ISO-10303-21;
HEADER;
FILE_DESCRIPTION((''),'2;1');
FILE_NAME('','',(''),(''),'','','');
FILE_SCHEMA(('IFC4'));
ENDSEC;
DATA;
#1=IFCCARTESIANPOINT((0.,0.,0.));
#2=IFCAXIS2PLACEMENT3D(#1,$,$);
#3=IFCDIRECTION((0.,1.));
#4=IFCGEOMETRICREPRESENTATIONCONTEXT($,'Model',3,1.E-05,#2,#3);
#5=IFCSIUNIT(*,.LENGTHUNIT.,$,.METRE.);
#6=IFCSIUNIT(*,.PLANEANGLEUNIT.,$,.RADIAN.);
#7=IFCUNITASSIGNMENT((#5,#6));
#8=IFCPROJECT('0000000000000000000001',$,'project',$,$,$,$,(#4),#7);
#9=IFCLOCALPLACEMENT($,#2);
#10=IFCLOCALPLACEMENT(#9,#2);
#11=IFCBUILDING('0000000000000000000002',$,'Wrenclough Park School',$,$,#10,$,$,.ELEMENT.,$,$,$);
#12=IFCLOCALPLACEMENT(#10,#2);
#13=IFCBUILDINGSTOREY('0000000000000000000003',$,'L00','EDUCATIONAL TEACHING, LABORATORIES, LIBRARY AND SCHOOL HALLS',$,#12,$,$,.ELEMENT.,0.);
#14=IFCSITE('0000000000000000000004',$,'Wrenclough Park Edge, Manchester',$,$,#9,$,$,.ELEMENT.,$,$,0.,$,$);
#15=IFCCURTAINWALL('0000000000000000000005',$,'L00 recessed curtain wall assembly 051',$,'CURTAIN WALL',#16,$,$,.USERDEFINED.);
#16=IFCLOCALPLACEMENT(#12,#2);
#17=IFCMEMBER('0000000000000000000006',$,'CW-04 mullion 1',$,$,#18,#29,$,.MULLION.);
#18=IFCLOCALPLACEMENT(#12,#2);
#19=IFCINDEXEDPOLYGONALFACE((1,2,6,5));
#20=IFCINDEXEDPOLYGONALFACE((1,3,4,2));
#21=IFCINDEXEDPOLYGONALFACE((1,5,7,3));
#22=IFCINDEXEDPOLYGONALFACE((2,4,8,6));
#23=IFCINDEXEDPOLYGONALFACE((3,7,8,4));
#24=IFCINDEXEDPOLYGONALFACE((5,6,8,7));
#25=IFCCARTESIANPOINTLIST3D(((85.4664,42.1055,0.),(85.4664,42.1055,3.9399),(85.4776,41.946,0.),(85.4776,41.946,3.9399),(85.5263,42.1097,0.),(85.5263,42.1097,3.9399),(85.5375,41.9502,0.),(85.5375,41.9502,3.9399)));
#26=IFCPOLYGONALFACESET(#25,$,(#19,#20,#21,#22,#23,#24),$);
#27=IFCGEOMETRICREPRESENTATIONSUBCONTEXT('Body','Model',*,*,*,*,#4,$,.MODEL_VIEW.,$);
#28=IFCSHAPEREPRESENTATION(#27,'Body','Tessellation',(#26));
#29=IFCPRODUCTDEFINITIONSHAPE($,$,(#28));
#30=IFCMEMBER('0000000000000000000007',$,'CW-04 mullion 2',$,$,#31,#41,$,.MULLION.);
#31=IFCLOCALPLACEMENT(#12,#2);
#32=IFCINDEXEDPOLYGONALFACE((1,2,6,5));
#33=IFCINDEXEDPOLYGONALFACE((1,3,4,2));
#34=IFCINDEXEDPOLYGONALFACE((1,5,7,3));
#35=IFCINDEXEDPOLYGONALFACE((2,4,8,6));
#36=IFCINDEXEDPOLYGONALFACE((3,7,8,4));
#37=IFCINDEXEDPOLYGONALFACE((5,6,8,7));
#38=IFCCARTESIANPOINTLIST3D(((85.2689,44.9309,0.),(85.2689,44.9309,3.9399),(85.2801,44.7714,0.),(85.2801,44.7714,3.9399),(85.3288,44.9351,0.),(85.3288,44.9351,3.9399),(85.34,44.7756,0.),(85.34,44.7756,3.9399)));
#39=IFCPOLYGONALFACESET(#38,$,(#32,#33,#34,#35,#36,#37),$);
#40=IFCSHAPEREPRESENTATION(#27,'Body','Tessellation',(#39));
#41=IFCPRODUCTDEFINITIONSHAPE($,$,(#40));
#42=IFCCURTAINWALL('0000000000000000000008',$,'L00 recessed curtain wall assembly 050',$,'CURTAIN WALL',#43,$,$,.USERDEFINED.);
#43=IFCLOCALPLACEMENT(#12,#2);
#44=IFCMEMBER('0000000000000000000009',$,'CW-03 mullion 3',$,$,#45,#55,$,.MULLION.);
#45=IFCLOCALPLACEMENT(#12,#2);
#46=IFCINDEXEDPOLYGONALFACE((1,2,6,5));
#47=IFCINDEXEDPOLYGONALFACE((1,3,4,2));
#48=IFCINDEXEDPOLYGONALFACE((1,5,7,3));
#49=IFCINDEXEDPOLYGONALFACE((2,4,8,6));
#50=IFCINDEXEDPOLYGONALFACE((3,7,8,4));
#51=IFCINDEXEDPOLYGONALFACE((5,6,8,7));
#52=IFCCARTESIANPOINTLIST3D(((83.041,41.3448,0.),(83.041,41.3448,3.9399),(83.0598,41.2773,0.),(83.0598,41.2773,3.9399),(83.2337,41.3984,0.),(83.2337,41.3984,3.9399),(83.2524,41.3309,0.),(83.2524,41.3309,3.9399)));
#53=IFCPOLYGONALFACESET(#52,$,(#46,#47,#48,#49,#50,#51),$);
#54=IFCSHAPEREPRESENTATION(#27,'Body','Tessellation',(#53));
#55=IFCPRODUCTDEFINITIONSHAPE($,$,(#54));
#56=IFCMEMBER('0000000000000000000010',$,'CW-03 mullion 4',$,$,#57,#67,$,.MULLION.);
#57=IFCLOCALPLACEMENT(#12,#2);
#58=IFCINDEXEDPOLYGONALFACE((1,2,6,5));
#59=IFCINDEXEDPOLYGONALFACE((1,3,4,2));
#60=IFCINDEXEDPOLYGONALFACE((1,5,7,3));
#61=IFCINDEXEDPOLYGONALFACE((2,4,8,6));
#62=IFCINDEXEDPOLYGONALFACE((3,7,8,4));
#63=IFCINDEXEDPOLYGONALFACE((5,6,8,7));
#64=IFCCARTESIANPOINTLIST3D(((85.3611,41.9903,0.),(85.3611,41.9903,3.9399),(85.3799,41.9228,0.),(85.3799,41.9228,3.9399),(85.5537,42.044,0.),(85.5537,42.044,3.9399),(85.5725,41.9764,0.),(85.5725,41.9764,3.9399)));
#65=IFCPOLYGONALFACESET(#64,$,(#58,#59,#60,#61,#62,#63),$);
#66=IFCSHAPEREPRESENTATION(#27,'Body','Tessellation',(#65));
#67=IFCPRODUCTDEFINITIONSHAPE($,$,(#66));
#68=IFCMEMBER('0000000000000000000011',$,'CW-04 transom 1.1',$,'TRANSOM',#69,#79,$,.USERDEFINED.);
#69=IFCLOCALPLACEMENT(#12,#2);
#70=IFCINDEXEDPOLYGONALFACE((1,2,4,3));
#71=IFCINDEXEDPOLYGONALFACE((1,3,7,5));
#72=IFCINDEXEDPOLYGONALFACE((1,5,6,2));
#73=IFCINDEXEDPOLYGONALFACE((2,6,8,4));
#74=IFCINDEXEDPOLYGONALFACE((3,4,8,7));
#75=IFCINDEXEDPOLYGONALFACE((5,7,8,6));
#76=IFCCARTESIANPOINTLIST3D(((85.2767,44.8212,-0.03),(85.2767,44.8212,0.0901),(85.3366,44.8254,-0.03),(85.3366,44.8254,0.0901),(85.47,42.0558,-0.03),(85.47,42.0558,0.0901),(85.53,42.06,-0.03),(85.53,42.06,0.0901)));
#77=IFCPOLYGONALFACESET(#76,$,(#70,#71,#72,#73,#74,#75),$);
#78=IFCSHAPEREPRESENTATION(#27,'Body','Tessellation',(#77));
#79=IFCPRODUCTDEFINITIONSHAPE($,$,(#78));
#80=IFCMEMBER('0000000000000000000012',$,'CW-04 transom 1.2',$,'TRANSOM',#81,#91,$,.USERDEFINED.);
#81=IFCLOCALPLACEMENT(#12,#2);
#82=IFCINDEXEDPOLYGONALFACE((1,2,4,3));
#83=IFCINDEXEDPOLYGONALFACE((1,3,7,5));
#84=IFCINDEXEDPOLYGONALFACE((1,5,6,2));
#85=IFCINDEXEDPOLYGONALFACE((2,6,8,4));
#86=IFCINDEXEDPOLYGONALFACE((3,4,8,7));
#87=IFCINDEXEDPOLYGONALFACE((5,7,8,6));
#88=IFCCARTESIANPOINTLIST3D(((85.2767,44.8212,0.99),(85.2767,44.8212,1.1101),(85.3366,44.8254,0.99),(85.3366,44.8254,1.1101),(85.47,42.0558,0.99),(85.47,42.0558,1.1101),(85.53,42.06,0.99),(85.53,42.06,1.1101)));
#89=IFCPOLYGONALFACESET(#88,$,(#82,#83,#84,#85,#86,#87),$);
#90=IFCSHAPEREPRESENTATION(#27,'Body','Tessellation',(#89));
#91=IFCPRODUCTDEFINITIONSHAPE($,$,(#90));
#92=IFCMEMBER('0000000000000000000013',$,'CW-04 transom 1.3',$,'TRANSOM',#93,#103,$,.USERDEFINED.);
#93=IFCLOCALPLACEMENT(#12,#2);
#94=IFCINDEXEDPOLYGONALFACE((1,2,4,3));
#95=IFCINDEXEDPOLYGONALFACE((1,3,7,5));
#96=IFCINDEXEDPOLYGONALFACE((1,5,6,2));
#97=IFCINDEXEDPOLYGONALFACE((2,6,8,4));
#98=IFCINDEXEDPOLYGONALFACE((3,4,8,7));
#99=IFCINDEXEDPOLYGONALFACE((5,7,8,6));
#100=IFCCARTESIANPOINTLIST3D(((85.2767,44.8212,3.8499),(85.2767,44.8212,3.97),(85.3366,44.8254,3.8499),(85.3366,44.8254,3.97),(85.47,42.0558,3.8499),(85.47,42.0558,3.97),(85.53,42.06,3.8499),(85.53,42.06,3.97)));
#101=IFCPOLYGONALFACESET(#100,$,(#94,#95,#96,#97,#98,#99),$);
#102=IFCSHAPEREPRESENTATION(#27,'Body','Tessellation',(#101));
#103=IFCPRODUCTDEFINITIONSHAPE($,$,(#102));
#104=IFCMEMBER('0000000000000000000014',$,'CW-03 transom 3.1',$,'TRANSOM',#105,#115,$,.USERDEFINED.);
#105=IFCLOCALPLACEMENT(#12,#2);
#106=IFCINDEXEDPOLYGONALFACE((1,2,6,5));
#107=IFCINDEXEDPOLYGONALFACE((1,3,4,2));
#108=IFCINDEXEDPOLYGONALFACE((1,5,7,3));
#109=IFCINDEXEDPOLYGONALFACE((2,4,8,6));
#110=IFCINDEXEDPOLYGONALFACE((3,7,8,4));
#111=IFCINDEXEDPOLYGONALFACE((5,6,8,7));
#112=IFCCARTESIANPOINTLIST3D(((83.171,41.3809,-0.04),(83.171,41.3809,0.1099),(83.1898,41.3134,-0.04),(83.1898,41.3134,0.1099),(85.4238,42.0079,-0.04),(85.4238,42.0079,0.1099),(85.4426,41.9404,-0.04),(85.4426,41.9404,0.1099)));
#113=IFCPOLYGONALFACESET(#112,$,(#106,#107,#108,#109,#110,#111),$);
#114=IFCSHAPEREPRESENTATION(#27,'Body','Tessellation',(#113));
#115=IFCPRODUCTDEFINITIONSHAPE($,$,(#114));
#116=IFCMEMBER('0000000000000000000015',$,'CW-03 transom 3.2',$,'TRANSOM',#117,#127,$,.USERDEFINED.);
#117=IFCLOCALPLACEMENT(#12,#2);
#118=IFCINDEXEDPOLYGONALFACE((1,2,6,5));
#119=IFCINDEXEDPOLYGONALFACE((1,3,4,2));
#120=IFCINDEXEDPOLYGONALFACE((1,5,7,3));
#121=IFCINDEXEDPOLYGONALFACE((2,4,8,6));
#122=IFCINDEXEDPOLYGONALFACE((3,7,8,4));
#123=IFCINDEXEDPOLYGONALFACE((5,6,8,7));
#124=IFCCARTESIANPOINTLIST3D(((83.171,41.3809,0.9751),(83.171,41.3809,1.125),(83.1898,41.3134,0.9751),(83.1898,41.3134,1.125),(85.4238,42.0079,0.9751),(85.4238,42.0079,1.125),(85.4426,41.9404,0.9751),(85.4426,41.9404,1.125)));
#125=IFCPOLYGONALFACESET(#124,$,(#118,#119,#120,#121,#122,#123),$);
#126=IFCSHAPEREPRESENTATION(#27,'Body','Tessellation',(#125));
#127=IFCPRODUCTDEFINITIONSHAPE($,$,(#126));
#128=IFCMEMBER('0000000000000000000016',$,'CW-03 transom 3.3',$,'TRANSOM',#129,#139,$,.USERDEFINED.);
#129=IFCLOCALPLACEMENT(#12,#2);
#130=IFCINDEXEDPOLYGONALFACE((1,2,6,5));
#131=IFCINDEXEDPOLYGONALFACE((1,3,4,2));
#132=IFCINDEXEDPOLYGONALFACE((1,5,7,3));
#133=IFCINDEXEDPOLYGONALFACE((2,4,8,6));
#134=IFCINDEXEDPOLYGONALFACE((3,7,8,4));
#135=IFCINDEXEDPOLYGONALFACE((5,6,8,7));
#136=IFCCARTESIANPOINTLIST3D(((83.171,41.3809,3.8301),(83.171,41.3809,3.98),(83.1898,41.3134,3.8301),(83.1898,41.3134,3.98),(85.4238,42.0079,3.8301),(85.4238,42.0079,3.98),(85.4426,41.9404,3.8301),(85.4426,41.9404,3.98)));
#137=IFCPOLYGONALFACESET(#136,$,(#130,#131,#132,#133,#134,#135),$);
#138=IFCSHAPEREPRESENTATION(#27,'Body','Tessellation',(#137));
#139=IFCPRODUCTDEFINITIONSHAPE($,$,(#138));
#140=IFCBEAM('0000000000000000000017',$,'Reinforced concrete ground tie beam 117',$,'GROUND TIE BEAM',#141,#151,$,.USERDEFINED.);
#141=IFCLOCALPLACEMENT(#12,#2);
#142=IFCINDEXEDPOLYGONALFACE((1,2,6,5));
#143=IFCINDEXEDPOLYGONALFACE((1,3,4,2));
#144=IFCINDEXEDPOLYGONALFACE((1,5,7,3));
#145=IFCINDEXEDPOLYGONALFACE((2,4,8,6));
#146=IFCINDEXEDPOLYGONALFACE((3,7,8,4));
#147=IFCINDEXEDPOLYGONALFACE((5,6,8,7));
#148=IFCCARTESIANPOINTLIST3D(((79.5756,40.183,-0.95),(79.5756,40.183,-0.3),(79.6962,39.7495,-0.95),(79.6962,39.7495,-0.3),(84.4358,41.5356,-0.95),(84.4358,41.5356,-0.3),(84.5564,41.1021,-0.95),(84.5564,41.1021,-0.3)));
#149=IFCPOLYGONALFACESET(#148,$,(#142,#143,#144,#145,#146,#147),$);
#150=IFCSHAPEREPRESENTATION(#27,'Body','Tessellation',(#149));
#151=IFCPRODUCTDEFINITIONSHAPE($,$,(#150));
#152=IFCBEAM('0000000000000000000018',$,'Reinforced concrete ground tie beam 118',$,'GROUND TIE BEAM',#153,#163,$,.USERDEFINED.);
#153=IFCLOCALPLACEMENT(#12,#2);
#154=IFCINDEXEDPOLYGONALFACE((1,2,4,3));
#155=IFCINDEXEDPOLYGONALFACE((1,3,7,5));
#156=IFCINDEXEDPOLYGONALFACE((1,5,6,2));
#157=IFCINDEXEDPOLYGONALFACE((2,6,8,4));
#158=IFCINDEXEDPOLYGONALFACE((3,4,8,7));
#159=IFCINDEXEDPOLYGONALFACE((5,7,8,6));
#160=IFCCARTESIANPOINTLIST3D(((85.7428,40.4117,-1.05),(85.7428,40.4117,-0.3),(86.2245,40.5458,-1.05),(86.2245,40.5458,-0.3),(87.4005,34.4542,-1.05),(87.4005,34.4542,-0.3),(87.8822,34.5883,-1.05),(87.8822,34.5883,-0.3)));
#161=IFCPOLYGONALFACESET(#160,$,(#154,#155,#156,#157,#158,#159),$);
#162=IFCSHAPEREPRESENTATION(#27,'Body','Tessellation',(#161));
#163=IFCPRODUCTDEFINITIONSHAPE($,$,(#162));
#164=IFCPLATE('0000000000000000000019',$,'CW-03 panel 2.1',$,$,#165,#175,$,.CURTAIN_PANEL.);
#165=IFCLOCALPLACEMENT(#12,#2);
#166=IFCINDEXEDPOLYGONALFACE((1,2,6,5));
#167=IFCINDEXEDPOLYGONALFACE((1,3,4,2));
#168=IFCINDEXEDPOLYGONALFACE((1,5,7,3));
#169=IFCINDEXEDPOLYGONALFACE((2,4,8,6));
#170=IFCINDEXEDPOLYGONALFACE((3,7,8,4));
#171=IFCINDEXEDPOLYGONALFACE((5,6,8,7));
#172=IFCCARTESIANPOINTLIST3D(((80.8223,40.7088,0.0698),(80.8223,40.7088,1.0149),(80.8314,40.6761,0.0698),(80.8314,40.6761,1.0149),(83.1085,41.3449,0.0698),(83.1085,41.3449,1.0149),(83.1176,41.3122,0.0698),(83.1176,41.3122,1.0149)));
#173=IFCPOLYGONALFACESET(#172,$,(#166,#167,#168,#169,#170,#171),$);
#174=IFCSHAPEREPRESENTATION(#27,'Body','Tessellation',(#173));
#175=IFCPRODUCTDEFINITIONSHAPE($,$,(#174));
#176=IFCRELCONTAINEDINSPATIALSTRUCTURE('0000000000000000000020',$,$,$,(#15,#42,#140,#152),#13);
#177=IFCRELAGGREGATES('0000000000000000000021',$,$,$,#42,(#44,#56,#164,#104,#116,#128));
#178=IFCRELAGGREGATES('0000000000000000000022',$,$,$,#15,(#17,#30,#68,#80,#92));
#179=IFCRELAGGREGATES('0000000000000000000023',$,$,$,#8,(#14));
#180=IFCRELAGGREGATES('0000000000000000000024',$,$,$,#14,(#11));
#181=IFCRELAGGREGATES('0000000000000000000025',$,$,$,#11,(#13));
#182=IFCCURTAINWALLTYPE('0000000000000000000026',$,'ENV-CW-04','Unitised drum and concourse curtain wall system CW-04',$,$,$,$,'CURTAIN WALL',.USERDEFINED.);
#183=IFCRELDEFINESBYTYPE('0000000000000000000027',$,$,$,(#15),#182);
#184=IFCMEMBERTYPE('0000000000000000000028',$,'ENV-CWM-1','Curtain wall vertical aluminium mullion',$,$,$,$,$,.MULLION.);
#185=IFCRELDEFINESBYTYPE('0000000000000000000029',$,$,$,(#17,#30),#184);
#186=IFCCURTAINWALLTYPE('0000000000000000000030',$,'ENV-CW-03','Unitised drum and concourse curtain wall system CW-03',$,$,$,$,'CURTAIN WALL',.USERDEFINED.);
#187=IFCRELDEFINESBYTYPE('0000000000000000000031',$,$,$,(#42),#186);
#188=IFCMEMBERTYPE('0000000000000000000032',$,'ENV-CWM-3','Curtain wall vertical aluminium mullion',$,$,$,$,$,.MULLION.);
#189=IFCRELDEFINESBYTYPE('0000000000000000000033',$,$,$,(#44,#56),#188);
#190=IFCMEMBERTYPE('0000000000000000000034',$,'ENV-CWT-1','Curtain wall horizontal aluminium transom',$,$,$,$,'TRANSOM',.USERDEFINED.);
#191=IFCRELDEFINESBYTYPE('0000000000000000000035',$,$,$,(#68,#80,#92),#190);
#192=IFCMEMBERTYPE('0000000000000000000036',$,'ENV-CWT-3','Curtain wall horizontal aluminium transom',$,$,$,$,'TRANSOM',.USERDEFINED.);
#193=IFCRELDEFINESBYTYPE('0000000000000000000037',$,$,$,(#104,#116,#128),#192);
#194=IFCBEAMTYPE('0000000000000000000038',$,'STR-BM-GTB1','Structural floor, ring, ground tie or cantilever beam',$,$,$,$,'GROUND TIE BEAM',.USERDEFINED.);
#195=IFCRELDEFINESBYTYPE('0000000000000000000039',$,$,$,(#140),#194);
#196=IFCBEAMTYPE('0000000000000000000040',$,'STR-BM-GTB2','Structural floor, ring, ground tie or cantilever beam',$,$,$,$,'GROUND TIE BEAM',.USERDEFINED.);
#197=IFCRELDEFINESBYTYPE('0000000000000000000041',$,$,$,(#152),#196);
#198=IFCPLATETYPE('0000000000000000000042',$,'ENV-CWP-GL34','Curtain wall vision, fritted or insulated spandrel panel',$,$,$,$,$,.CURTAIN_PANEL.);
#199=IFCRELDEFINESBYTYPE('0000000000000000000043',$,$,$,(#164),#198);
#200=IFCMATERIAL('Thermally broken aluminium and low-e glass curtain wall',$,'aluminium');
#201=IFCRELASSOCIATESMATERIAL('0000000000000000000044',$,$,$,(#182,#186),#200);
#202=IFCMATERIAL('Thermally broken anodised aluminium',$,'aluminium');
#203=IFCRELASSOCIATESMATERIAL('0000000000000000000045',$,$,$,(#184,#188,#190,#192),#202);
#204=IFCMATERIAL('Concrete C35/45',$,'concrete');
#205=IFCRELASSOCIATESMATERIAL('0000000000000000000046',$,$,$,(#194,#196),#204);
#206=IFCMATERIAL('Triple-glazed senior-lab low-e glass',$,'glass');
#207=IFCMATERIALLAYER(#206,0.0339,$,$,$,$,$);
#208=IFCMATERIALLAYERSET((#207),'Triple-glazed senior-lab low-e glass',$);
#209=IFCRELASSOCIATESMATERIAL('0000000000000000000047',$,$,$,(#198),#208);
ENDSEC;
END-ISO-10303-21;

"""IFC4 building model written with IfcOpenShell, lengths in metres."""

from ifc_helpers import new_model, si_unit, direction, frame, origin, origin_2d, place, context, subcontext, project, spatial, rectangle, extrude, material, layer, layer_set, material_profile, profile_set, type_object, element, aggregate, save


model = new_model("IFC4")

# Units and contexts
model_context = context("Model", 3, precision=1e-05, world=origin(), true_north=direction((0.0, 1.0)))
body_context = subcontext(model_context, "Body", "Model", "MODEL_VIEW")
ifc_project = project(units=[si_unit("LENGTHUNIT", "METRE"), si_unit("PLANEANGLEUNIT", "RADIAN")], contexts=[model_context])

# Site, building, storey
site_placement = place(None, origin())
site = spatial("IfcSite", under=ifc_project, at=site_placement, Name="Wrenclough Park Edge, Manchester", CompositionType="ELEMENT", RefElevation=0.0)
building_placement = place(site_placement, origin())
building = spatial("IfcBuilding", under=site, at=building_placement, Name="Wrenclough Park School", CompositionType="ELEMENT")
storey_placement = place(building_placement, origin())
storey = spatial("IfcBuildingStorey", under=building, at=storey_placement, Name="L00", Description="EDUCATIONAL TEACHING, LABORATORIES, LIBRARY AND SCHOOL HALLS", CompositionType="ELEMENT", Elevation=0.0)

# Shared definitions
ifc_material_1 = material(Name="Concrete C35/45", Category="concrete")

# Curtain walls, members
ifc_material_2 = material(Name="Thermally broken aluminium and low-e glass curtain wall", Category="aluminium")
curtain_wall_type_1 = type_object("IfcCurtainWallType", Name="ENV-CW-04", Description="Unitised drum and concourse curtain wall system CW-04", ElementType="CURTAIN WALL", PredefinedType="USERDEFINED", material=ifc_material_2)
curtain_wall_1_placement = place(storey_placement, origin())
curtain_wall_1 = element("IfcCurtainWall", 1, at=curtain_wall_1_placement, inside=storey, type_object=curtain_wall_type_1, Name="L00 recessed curtain wall assembly 051", ObjectType="CURTAIN WALL", PredefinedType="USERDEFINED")
ifc_material_3 = material(Name="Thermally broken anodised aluminium", Category="aluminium")
ifc_material_profile_1 = material_profile(ifc_material_3, rectangle(XDim=0.0601, YDim=0.1599, at=origin_2d()), Name="AL MULLION 60x160")
ifc_profile_set_1 = profile_set([ifc_material_profile_1], Name="Thermally broken anodised aluminium")
member_type_1 = type_object("IfcMemberType", Name="ENV-CWM-1", Description="Curtain wall vertical aluminium mullion", PredefinedType="MULLION", material=ifc_profile_set_1)
member_1_placement = place(storey_placement, frame((85.502, 42.0278, 0.0), z_axis=(0.0, 0.0, 1.0), x_axis=(-0.997565, -0.069736, 0.0)))
member_1 = element("IfcMember", 2, at=member_1_placement, type_object=member_type_1, Name="CW-04 mullion 1", PredefinedType="MULLION", context=body_context, shape_type="SweptSolid", body=[
    extrude(rectangle(XDim=0.0601, YDim=0.1599, at=origin_2d()), origin(), (0.0, 0.0, 1.0), 3.9399),
])
member_2_placement = place(storey_placement, frame((85.3044, 44.8533, 0.0), z_axis=(0.0, 0.0, 1.0), x_axis=(-0.997565, -0.069736, 0.0)))
member_2 = element("IfcMember", 3, at=member_2_placement, type_object=member_type_1, Name="CW-04 mullion 2", PredefinedType="MULLION", context=body_context, shape_type="SweptSolid", body=[
    extrude(rectangle(XDim=0.0601, YDim=0.1599, at=origin_2d()), origin(), (0.0, 0.0, 1.0), 3.9399),
])
curtain_wall_type_2 = type_object("IfcCurtainWallType", Name="ENV-CW-03", Description="Unitised drum and concourse curtain wall system CW-03", ElementType="CURTAIN WALL", PredefinedType="USERDEFINED", material=ifc_material_2)
curtain_wall_2_placement = place(storey_placement, origin())
curtain_wall_2 = element("IfcCurtainWall", 4, at=curtain_wall_2_placement, inside=storey, type_object=curtain_wall_type_2, Name="L00 recessed curtain wall assembly 050", ObjectType="CURTAIN WALL", PredefinedType="USERDEFINED")
ifc_material_profile_2 = material_profile(ifc_material_3, rectangle(XDim=0.0701, YDim=0.2, at=origin_2d()), Name="AL MULLION 70x200")
ifc_profile_set_2 = profile_set([ifc_material_profile_2], Name="Thermally broken anodised aluminium")
member_type_2 = type_object("IfcMemberType", Name="ENV-CWM-3", Description="Curtain wall vertical aluminium mullion", PredefinedType="MULLION", material=ifc_profile_set_2)
member_3_placement = place(storey_placement, frame((83.1467, 41.3379, 0.0), z_axis=(0.0, 0.0, 1.0), x_axis=(-0.268072, 0.963399, 0.0)))
member_3 = element("IfcMember", 5, at=member_3_placement, type_object=member_type_2, Name="CW-03 mullion 3", PredefinedType="MULLION", context=body_context, shape_type="SweptSolid", body=[
    extrude(rectangle(XDim=0.0701, YDim=0.2, at=origin_2d()), origin(), (0.0, 0.0, 1.0), 3.9399),
])
member_4_placement = place(storey_placement, frame((85.4668, 41.9834, 0.0), z_axis=(0.0, 0.0, 1.0), x_axis=(-0.268072, 0.963399, 0.0)))
member_4 = element("IfcMember", 6, at=member_4_placement, type_object=member_type_2, Name="CW-03 mullion 4", PredefinedType="MULLION", context=body_context, shape_type="SweptSolid", body=[
    extrude(rectangle(XDim=0.0701, YDim=0.2, at=origin_2d()), origin(), (0.0, 0.0, 1.0), 3.9399),
])

# Members
ifc_material_profile_3 = material_profile(ifc_material_3, rectangle(XDim=0.0601, YDim=0.1201, at=origin_2d()), Name="AL TRANSOM 60x120")
ifc_profile_set_3 = profile_set([ifc_material_profile_3], Name="Thermally broken anodised aluminium")
member_type_3 = type_object("IfcMemberType", Name="ENV-CWT-1", Description="Curtain wall horizontal aluminium transom", ElementType="TRANSOM", PredefinedType="USERDEFINED", material=ifc_profile_set_3)
member_5_placement = place(storey_placement, frame((85.5, 42.0579, 0.03), z_axis=(-0.069751, 0.997564, 0.0), x_axis=(-0.997564, -0.069751, 0.0)))
member_5 = element("IfcMember", 7, at=member_5_placement, type_object=member_type_3, Name="CW-04 transom 1.1", ObjectType="TRANSOM", PredefinedType="USERDEFINED", context=body_context, shape_type="SweptSolid", body=[
    extrude(rectangle(XDim=0.0601, YDim=0.1201, at=origin_2d()), origin(), (0.0, 0.0, 1.0), 2.7722),
])
member_6_placement = place(storey_placement, frame((85.5, 42.0579, 1.05), z_axis=(-0.069751, 0.997564, 0.0), x_axis=(-0.997564, -0.069751, 0.0)))
member_6 = element("IfcMember", 8, at=member_6_placement, type_object=member_type_3, Name="CW-04 transom 1.2", ObjectType="TRANSOM", PredefinedType="USERDEFINED", context=body_context, shape_type="SweptSolid", body=[
    extrude(rectangle(XDim=0.0601, YDim=0.1201, at=origin_2d()), origin(), (0.0, 0.0, 1.0), 2.7722),
])
member_7_placement = place(storey_placement, frame((85.5, 42.0579, 3.9099), z_axis=(-0.069751, 0.997564, 0.0), x_axis=(-0.997564, -0.069751, 0.0)))
member_7 = element("IfcMember", 9, at=member_7_placement, type_object=member_type_3, Name="CW-04 transom 1.3", ObjectType="TRANSOM", PredefinedType="USERDEFINED", context=body_context, shape_type="SweptSolid", body=[
    extrude(rectangle(XDim=0.0601, YDim=0.1201, at=origin_2d()), origin(), (0.0, 0.0, 1.0), 2.7722),
])
ifc_material_profile_4 = material_profile(ifc_material_3, rectangle(XDim=0.0701, YDim=0.1499, at=origin_2d()), Name="AL TRANSOM 70x150")
ifc_profile_set_4 = profile_set([ifc_material_profile_4], Name="Thermally broken anodised aluminium")
member_type_4 = type_object("IfcMemberType", Name="ENV-CWT-3", Description="Curtain wall horizontal aluminium transom", ElementType="TRANSOM", PredefinedType="USERDEFINED", material=ifc_profile_set_4)
member_8_placement = place(storey_placement, frame((83.1804, 41.3472, 0.0349), z_axis=(0.963385, 0.268123, 0.0), x_axis=(-0.268123, 0.963385, 0.0)))
member_8 = element("IfcMember", 10, at=member_8_placement, type_object=member_type_4, Name="CW-03 transom 3.1", ObjectType="TRANSOM", PredefinedType="USERDEFINED", context=body_context, shape_type="SweptSolid", body=[
    extrude(rectangle(XDim=0.0701, YDim=0.1499, at=origin_2d()), origin(), (0.0, 0.0, 1.0), 2.3384),
])
member_9_placement = place(storey_placement, frame((83.1804, 41.3472, 1.05), z_axis=(0.963385, 0.268123, 0.0), x_axis=(-0.268123, 0.963385, 0.0)))
member_9 = element("IfcMember", 11, at=member_9_placement, type_object=member_type_4, Name="CW-03 transom 3.2", ObjectType="TRANSOM", PredefinedType="USERDEFINED", context=body_context, shape_type="SweptSolid", body=[
    extrude(rectangle(XDim=0.0701, YDim=0.1499, at=origin_2d()), origin(), (0.0, 0.0, 1.0), 2.3384),
])
member_10_placement = place(storey_placement, frame((83.1804, 41.3472, 3.905), z_axis=(0.963385, 0.268123, 0.0), x_axis=(-0.268123, 0.963385, 0.0)))
member_10 = element("IfcMember", 12, at=member_10_placement, type_object=member_type_4, Name="CW-03 transom 3.3", ObjectType="TRANSOM", PredefinedType="USERDEFINED", context=body_context, shape_type="SweptSolid", body=[
    extrude(rectangle(XDim=0.0701, YDim=0.1499, at=origin_2d()), origin(), (0.0, 0.0, 1.0), 2.3384),
])

# Beams
ifc_material_profile_5 = material_profile(ifc_material_1, rectangle(XDim=0.45, YDim=0.6499, at=origin_2d()), Name="RC GROUND 450x650")
ifc_profile_set_5 = profile_set([ifc_material_profile_5], Name="Concrete C35/45")
beam_type_1 = type_object("IfcBeamType", Name="STR-BM-GTB1", Description="Structural floor, ring, ground tie or cantilever beam", ElementType="GROUND TIE BEAM", PredefinedType="USERDEFINED", material=ifc_profile_set_5)
beam_1_placement = place(storey_placement, frame((84.4961, 41.3188, -0.625), z_axis=(-0.96339, -0.268106, 0.0), x_axis=(0.268106, -0.96339, 0.0)))
element("IfcBeam", 13, at=beam_1_placement, inside=storey, type_object=beam_type_1, Name="Reinforced concrete ground tie beam 117", ObjectType="GROUND TIE BEAM", PredefinedType="USERDEFINED", context=body_context, shape_type="SweptSolid", body=[
    extrude(rectangle(XDim=0.45, YDim=0.6499, at=origin_2d()), origin(), (0.0, 0.0, 1.0), 5.0449),
])
ifc_material_profile_6 = material_profile(ifc_material_1, rectangle(XDim=0.5, YDim=0.75, at=origin_2d()), Name="RC GROUND 500x750")
ifc_profile_set_6 = profile_set([ifc_material_profile_6], Name="Concrete C35/45")
beam_type_2 = type_object("IfcBeamType", Name="STR-BM-GTB2", Description="Structural floor, ring, ground tie or cantilever beam", ElementType="GROUND TIE BEAM", PredefinedType="USERDEFINED", material=ifc_profile_set_6)
beam_2_placement = place(storey_placement, frame((85.9836, 40.4788, -0.675), z_axis=(0.268071, -0.963399, 0.0), x_axis=(0.963399, 0.268071, 0.0)))
element("IfcBeam", 14, at=beam_2_placement, inside=storey, type_object=beam_type_2, Name="Reinforced concrete ground tie beam 118", ObjectType="GROUND TIE BEAM", PredefinedType="USERDEFINED", context=body_context, shape_type="SweptSolid", body=[
    extrude(rectangle(XDim=0.5, YDim=0.75, at=origin_2d()), origin(), (0.0, 0.0, 1.0), 6.1838),
])

# Plate
ifc_material_4 = material(Name="Triple-glazed senior-lab low-e glass", Category="glass")
ifc_layer_1 = layer(ifc_material_4, 0.0339)
ifc_layer_set_1 = layer_set([ifc_layer_1], Name="Triple-glazed senior-lab low-e glass")
plate_type_1 = type_object("IfcPlateType", Name="ENV-CWP-GL34", Description="Curtain wall vision, fritted or insulated spandrel panel", PredefinedType="CURTAIN_PANEL", material=ifc_layer_set_1)
plate_1_placement = place(storey_placement, frame((81.97, 41.0105, 0.0698), z_axis=(0.0, 0.0, 1.0), x_axis=(0.963399, 0.268072, 0.0)))
plate_1 = element("IfcPlate", 15, at=plate_1_placement, type_object=plate_type_1, Name="CW-03 panel 2.1", PredefinedType="CURTAIN_PANEL", context=body_context, shape_type="SweptSolid", body=[
    extrude(rectangle(XDim=2.373, YDim=0.0339, at=origin_2d()), origin(), (0.0, 0.0, 1.0), 0.9451),
])
aggregate(curtain_wall_2, [member_3, member_4, plate_1, member_8, member_9, member_10])
aggregate(curtain_wall_1, [member_1, member_2, member_5, member_6, member_7])

save(model, "model.ifc")
